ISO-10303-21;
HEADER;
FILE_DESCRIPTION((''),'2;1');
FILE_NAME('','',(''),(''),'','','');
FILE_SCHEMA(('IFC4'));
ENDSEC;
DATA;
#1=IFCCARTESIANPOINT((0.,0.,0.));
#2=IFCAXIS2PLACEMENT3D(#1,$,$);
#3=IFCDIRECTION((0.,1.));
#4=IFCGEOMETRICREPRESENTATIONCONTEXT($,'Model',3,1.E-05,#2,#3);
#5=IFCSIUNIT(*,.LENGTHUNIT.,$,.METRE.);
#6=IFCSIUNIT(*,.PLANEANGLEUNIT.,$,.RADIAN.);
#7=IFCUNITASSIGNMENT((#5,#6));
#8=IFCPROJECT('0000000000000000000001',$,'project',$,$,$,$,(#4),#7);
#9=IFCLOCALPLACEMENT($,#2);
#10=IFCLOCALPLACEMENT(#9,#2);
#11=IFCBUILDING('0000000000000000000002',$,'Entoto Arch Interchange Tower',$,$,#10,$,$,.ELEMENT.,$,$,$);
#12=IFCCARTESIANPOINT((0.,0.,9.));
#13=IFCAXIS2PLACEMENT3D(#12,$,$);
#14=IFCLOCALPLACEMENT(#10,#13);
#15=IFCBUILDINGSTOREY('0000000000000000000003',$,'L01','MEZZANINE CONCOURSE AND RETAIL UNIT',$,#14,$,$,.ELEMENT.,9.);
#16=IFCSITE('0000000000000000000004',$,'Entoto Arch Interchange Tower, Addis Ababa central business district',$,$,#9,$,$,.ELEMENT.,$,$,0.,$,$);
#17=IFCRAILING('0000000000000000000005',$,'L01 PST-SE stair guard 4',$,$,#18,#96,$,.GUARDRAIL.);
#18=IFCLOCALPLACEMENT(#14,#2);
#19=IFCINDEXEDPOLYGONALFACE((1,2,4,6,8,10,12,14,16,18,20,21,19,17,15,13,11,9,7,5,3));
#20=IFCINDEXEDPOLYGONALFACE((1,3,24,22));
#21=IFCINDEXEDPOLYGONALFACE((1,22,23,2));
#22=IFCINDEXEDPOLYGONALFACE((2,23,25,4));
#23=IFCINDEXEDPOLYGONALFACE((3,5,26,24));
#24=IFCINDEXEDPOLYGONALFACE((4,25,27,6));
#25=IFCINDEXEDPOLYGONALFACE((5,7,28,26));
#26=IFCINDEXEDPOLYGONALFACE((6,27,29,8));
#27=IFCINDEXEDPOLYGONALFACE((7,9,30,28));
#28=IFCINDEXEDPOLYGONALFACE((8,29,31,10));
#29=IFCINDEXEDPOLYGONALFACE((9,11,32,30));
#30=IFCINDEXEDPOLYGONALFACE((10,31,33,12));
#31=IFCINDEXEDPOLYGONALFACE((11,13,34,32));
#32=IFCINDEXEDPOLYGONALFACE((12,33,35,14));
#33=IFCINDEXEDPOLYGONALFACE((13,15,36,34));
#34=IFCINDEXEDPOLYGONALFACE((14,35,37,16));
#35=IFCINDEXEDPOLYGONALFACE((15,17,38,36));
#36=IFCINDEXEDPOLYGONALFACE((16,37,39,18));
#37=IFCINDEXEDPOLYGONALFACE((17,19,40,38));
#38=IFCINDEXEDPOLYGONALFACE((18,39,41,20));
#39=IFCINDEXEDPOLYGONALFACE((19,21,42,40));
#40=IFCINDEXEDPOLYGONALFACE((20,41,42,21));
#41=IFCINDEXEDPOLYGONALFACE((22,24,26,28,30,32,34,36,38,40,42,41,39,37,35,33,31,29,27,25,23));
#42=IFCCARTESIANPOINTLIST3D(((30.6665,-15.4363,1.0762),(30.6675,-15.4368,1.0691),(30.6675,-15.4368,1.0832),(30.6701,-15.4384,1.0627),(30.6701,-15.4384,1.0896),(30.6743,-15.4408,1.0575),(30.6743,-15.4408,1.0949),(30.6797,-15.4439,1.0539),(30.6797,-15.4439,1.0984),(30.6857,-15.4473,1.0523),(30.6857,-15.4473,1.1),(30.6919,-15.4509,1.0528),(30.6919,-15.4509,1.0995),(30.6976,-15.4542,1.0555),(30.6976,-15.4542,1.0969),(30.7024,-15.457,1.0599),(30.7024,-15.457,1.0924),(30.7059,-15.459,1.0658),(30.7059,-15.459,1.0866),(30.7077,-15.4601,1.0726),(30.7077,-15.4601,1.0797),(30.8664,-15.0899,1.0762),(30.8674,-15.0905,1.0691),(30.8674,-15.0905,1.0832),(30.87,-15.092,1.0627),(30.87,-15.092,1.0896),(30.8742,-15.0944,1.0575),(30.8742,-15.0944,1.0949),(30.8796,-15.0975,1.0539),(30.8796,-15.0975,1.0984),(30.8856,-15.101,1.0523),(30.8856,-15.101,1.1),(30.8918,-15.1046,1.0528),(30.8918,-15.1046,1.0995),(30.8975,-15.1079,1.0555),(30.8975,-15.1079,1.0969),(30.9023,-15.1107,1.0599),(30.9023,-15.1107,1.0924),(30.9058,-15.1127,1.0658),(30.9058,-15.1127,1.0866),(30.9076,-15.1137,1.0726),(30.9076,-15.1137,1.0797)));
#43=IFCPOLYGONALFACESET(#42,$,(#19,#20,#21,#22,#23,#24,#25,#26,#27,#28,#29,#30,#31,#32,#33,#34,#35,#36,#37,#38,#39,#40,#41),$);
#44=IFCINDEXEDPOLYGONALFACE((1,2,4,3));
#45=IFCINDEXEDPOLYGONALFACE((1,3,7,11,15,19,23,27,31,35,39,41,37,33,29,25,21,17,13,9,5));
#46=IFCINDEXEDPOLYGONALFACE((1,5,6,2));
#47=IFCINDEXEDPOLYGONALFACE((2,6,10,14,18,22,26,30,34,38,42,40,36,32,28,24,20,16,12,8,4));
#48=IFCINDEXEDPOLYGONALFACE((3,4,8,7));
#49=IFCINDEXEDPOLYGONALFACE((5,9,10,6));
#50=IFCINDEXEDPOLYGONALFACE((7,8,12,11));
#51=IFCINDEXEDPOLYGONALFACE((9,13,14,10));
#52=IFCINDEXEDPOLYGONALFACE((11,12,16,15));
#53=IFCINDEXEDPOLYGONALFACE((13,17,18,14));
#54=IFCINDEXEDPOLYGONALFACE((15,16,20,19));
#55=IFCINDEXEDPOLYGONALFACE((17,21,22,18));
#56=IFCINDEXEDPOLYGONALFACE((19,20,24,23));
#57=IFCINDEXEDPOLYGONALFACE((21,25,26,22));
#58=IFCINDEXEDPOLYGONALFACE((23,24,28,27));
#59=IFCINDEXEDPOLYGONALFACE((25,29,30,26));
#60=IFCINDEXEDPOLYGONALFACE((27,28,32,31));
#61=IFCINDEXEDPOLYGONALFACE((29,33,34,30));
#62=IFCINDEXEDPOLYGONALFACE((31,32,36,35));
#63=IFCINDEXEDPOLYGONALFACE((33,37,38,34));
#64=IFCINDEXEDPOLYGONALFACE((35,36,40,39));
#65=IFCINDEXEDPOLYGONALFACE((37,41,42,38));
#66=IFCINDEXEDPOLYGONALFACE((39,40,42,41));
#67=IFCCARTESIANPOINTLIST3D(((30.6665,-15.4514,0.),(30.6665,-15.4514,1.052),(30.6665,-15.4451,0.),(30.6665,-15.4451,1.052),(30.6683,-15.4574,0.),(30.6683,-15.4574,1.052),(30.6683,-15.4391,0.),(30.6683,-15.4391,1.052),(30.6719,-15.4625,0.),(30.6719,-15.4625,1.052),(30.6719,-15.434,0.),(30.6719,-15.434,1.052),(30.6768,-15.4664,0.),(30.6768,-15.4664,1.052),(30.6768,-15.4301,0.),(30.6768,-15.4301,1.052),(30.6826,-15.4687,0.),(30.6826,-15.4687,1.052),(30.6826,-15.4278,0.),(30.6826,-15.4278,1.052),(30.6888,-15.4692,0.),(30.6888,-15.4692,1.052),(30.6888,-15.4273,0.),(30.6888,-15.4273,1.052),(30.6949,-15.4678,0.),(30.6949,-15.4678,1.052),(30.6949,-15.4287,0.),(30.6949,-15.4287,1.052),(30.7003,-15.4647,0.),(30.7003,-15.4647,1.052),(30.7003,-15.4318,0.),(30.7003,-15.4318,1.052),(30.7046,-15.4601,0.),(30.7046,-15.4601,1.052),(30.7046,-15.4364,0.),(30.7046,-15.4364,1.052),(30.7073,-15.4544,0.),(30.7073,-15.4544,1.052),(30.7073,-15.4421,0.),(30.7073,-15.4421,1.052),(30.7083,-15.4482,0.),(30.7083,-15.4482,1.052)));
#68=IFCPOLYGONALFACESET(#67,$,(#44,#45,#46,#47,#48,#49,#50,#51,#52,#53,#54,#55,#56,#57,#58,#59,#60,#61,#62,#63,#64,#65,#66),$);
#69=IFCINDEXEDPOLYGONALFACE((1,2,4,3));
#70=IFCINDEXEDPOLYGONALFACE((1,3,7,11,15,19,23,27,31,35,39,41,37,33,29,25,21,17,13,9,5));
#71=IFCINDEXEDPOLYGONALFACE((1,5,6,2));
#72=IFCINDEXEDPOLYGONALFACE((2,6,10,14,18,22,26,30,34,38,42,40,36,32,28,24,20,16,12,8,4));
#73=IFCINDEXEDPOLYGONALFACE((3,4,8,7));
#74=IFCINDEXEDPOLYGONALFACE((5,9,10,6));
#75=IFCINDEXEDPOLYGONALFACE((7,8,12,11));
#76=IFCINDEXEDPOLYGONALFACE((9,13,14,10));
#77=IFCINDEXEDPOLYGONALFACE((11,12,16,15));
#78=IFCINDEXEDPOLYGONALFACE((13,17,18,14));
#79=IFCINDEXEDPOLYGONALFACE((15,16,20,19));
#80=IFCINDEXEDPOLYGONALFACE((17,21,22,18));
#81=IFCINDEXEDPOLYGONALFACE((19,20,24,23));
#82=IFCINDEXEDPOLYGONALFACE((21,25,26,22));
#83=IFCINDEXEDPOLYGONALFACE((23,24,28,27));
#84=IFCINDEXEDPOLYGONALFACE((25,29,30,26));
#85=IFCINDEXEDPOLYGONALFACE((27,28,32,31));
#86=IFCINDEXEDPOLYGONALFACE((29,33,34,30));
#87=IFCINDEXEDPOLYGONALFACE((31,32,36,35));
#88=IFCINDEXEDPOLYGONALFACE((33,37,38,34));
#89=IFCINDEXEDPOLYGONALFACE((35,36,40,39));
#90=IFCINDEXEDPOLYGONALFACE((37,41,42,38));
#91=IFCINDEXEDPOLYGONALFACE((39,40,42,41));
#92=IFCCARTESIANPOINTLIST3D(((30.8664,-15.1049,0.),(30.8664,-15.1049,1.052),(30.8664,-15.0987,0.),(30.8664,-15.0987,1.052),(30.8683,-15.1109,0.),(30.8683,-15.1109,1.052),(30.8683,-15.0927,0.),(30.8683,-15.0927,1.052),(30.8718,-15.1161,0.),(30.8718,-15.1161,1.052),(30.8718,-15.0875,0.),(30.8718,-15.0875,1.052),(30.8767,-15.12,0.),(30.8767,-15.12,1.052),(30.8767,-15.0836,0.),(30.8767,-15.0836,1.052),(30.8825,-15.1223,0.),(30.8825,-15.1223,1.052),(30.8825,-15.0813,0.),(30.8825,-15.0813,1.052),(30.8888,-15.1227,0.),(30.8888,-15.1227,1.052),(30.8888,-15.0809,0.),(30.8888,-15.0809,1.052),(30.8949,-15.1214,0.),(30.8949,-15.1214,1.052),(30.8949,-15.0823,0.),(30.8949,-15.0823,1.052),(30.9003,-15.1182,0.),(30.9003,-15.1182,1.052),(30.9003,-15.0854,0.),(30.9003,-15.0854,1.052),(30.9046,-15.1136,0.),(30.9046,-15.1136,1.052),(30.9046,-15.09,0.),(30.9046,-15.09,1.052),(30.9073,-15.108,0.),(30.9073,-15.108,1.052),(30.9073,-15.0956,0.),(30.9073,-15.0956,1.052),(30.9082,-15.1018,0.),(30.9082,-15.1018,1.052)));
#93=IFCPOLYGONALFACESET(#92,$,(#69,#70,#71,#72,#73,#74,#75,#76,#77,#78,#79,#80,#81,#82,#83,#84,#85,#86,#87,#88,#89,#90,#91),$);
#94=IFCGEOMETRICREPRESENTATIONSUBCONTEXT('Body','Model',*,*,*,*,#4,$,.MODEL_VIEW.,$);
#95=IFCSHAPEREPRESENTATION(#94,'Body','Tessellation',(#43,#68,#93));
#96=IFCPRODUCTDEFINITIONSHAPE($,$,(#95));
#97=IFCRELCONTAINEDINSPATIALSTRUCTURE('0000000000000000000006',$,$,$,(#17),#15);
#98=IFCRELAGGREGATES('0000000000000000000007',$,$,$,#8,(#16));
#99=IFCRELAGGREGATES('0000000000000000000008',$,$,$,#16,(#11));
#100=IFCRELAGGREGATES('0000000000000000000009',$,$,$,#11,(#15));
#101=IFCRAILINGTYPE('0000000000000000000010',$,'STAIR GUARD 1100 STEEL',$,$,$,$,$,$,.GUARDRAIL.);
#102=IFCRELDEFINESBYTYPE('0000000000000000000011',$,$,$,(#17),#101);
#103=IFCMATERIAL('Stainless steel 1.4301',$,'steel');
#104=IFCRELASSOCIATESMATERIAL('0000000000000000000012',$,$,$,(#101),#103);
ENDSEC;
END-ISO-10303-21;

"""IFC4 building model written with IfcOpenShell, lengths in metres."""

from ifc_helpers import new_model, si_unit, direction, frame, origin, origin_2d, place, context, subcontext, project, spatial, circle, extrude, material, type_object, element, save


model = new_model("IFC4")

# Units and contexts
model_context = context("Model", 3, precision=1e-05, world=origin(), true_north=direction((0.0, 1.0)))
body_context = subcontext(model_context, "Body", "Model", "MODEL_VIEW")
ifc_project = project(units=[si_unit("LENGTHUNIT", "METRE"), si_unit("PLANEANGLEUNIT", "RADIAN")], contexts=[model_context])

# Site, building, storey
site_placement = place(None, origin())
site = spatial("IfcSite", under=ifc_project, at=site_placement, Name="Entoto Arch Interchange Tower, Addis Ababa central business district", CompositionType="ELEMENT", RefElevation=0.0)
building_placement = place(site_placement, origin())
building = spatial("IfcBuilding", under=site, at=building_placement, Name="Entoto Arch Interchange Tower", CompositionType="ELEMENT")
storey_placement = place(building_placement, frame((0.0, 0.0, 9.0)))
storey = spatial("IfcBuildingStorey", under=building, at=storey_placement, Name="L01", Description="MEZZANINE CONCOURSE AND RETAIL UNIT", CompositionType="ELEMENT", Elevation=9.0)

# Railing
ifc_material_1 = material(Name="Stainless steel 1.4301", Category="steel")
railing_type_1 = type_object("IfcRailingType", Name="STAIR GUARD 1100 STEEL", PredefinedType="GUARDRAIL", material=ifc_material_1)
railing_1_placement = place(storey_placement, frame((30.6873, -15.4482, 0.0)))
element("IfcRailing", 1, at=railing_1_placement, inside=storey, type_object=railing_type_1, Name="L01 PST-SE stair guard 4", PredefinedType="GUARDRAIL", context=body_context, shape_type="SweptSolid", body=[
    extrude(circle(Radius=0.0239, at=origin_2d()), frame((0.0, 0.0, 1.0762), z_axis=(0.499881, 0.866094, 0.0), x_axis=(-0.866094, 0.499881, 0.0)), (0.0, 0.0, 1.0), 0.3999),
    extrude(circle(Radius=0.021, at=origin_2d()), origin(), (0.0, 0.0, 1.0), 1.052),
    extrude(circle(Radius=0.021, at=origin_2d()), frame((0.2, 0.3464, 0.0)), (0.0, 0.0, 1.0), 1.052),
])

save(model, "model.ifc")
